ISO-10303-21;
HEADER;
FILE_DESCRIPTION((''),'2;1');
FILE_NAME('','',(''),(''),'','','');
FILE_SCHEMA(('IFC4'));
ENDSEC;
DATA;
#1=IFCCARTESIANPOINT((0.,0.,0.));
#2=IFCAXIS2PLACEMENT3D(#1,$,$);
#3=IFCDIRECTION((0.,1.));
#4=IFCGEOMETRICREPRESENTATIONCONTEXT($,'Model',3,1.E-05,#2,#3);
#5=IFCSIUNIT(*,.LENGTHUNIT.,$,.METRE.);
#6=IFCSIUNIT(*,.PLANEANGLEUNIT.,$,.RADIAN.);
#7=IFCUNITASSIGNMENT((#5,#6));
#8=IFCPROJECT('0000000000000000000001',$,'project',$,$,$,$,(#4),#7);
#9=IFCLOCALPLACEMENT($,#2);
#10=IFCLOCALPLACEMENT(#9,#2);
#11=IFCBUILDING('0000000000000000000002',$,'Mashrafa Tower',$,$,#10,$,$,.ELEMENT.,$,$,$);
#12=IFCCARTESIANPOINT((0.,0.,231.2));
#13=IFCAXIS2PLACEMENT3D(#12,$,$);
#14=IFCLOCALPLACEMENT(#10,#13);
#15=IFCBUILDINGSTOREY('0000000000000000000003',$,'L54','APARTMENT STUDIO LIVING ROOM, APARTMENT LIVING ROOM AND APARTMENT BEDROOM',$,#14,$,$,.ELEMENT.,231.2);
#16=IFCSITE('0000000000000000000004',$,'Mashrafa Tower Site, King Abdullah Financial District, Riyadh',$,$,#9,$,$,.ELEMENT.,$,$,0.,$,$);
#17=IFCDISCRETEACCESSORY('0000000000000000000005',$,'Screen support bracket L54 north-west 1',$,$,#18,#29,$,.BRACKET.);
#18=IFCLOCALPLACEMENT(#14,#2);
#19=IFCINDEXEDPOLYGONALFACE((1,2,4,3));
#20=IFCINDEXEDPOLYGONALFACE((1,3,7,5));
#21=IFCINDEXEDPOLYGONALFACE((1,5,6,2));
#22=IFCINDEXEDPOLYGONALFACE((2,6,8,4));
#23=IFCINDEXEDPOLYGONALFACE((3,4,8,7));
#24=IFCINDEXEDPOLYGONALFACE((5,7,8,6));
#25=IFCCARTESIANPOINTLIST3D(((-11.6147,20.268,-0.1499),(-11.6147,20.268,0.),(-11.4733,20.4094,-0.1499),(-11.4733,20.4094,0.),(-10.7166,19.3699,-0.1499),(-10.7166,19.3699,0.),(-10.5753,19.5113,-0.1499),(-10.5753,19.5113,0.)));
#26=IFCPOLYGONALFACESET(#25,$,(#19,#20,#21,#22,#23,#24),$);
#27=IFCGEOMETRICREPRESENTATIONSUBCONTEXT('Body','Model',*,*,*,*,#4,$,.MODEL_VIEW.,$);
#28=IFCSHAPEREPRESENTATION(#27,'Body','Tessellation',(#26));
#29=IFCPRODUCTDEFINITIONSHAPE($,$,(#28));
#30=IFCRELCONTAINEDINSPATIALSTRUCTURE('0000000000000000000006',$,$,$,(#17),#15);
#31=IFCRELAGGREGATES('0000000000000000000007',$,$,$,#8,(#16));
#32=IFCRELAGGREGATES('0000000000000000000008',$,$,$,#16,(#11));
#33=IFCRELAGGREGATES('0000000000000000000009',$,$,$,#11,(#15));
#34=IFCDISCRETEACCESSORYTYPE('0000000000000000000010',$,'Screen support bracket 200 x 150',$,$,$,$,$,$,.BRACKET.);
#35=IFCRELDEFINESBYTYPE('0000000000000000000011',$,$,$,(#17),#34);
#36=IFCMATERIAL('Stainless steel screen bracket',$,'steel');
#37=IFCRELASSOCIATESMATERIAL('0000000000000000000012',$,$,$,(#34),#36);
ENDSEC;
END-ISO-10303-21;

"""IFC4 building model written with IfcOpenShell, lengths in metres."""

from ifc_helpers import new_model, si_unit, direction, frame, origin, origin_2d, place, context, subcontext, project, spatial, rectangle, extrude, source, transform, mapped, material, type_object, type_shapes, element, save


model = new_model("IFC4")

# Units and contexts
model_context = context("Model", 3, precision=1e-05, world=origin(), true_north=direction((0.0, 1.0)))
body_context = subcontext(model_context, "Body", "Model", "MODEL_VIEW")
ifc_project = project(units=[si_unit("LENGTHUNIT", "METRE"), si_unit("PLANEANGLEUNIT", "RADIAN")], contexts=[model_context])

# Site, building, storey
site_placement = place(None, origin())
site = spatial("IfcSite", under=ifc_project, at=site_placement, Name="Mashrafa Tower Site, King Abdullah Financial District, Riyadh", CompositionType="ELEMENT", RefElevation=0.0)
building_placement = place(site_placement, origin())
building = spatial("IfcBuilding", under=site, at=building_placement, Name="Mashrafa Tower", CompositionType="ELEMENT")
storey_placement = place(building_placement, frame((0.0, 0.0, 231.2)))
storey = spatial("IfcBuildingStorey", under=building, at=storey_placement, Name="L54", Description="APARTMENT STUDIO LIVING ROOM, APARTMENT LIVING ROOM AND APARTMENT BEDROOM", CompositionType="ELEMENT", Elevation=231.2)

# Discrete accessory
ifc_material_1 = material(Name="Stainless steel screen bracket", Category="steel")
discrete_accessory_type = type_object("IfcDiscreteAccessoryType", Name="Screen support bracket 200 x 150", PredefinedType="BRACKET", material=ifc_material_1)
shared_shape_1 = source(origin(), body_context, "Body", "SweptSolid", [
    extrude(rectangle(XDim=0.2, YDim=1.27, at=origin_2d()), origin(), (0.0, 0.0, 1.0), 0.1499),
])
type_shapes(discrete_accessory_type, [shared_shape_1])
for number, where, z_axis, x_axis, name in (
    (1, (-11.095, 19.8896, -0.1499), (0.0, 0.0, 1.0), (-0.707107, -0.707107, 0.0), "Screen support bracket L54 north-west 1"),
):
    element("IfcDiscreteAccessory", number, at=place(storey_placement, frame(where, z_axis=z_axis, x_axis=x_axis)), inside=storey, type_object=discrete_accessory_type, Name=name, PredefinedType="BRACKET", context=body_context, shape_type="MappedRepresentation", body=[
        mapped(shared_shape_1, transform((0.0, 0.0, 0.0))),
    ])

save(model, "model.ifc")
